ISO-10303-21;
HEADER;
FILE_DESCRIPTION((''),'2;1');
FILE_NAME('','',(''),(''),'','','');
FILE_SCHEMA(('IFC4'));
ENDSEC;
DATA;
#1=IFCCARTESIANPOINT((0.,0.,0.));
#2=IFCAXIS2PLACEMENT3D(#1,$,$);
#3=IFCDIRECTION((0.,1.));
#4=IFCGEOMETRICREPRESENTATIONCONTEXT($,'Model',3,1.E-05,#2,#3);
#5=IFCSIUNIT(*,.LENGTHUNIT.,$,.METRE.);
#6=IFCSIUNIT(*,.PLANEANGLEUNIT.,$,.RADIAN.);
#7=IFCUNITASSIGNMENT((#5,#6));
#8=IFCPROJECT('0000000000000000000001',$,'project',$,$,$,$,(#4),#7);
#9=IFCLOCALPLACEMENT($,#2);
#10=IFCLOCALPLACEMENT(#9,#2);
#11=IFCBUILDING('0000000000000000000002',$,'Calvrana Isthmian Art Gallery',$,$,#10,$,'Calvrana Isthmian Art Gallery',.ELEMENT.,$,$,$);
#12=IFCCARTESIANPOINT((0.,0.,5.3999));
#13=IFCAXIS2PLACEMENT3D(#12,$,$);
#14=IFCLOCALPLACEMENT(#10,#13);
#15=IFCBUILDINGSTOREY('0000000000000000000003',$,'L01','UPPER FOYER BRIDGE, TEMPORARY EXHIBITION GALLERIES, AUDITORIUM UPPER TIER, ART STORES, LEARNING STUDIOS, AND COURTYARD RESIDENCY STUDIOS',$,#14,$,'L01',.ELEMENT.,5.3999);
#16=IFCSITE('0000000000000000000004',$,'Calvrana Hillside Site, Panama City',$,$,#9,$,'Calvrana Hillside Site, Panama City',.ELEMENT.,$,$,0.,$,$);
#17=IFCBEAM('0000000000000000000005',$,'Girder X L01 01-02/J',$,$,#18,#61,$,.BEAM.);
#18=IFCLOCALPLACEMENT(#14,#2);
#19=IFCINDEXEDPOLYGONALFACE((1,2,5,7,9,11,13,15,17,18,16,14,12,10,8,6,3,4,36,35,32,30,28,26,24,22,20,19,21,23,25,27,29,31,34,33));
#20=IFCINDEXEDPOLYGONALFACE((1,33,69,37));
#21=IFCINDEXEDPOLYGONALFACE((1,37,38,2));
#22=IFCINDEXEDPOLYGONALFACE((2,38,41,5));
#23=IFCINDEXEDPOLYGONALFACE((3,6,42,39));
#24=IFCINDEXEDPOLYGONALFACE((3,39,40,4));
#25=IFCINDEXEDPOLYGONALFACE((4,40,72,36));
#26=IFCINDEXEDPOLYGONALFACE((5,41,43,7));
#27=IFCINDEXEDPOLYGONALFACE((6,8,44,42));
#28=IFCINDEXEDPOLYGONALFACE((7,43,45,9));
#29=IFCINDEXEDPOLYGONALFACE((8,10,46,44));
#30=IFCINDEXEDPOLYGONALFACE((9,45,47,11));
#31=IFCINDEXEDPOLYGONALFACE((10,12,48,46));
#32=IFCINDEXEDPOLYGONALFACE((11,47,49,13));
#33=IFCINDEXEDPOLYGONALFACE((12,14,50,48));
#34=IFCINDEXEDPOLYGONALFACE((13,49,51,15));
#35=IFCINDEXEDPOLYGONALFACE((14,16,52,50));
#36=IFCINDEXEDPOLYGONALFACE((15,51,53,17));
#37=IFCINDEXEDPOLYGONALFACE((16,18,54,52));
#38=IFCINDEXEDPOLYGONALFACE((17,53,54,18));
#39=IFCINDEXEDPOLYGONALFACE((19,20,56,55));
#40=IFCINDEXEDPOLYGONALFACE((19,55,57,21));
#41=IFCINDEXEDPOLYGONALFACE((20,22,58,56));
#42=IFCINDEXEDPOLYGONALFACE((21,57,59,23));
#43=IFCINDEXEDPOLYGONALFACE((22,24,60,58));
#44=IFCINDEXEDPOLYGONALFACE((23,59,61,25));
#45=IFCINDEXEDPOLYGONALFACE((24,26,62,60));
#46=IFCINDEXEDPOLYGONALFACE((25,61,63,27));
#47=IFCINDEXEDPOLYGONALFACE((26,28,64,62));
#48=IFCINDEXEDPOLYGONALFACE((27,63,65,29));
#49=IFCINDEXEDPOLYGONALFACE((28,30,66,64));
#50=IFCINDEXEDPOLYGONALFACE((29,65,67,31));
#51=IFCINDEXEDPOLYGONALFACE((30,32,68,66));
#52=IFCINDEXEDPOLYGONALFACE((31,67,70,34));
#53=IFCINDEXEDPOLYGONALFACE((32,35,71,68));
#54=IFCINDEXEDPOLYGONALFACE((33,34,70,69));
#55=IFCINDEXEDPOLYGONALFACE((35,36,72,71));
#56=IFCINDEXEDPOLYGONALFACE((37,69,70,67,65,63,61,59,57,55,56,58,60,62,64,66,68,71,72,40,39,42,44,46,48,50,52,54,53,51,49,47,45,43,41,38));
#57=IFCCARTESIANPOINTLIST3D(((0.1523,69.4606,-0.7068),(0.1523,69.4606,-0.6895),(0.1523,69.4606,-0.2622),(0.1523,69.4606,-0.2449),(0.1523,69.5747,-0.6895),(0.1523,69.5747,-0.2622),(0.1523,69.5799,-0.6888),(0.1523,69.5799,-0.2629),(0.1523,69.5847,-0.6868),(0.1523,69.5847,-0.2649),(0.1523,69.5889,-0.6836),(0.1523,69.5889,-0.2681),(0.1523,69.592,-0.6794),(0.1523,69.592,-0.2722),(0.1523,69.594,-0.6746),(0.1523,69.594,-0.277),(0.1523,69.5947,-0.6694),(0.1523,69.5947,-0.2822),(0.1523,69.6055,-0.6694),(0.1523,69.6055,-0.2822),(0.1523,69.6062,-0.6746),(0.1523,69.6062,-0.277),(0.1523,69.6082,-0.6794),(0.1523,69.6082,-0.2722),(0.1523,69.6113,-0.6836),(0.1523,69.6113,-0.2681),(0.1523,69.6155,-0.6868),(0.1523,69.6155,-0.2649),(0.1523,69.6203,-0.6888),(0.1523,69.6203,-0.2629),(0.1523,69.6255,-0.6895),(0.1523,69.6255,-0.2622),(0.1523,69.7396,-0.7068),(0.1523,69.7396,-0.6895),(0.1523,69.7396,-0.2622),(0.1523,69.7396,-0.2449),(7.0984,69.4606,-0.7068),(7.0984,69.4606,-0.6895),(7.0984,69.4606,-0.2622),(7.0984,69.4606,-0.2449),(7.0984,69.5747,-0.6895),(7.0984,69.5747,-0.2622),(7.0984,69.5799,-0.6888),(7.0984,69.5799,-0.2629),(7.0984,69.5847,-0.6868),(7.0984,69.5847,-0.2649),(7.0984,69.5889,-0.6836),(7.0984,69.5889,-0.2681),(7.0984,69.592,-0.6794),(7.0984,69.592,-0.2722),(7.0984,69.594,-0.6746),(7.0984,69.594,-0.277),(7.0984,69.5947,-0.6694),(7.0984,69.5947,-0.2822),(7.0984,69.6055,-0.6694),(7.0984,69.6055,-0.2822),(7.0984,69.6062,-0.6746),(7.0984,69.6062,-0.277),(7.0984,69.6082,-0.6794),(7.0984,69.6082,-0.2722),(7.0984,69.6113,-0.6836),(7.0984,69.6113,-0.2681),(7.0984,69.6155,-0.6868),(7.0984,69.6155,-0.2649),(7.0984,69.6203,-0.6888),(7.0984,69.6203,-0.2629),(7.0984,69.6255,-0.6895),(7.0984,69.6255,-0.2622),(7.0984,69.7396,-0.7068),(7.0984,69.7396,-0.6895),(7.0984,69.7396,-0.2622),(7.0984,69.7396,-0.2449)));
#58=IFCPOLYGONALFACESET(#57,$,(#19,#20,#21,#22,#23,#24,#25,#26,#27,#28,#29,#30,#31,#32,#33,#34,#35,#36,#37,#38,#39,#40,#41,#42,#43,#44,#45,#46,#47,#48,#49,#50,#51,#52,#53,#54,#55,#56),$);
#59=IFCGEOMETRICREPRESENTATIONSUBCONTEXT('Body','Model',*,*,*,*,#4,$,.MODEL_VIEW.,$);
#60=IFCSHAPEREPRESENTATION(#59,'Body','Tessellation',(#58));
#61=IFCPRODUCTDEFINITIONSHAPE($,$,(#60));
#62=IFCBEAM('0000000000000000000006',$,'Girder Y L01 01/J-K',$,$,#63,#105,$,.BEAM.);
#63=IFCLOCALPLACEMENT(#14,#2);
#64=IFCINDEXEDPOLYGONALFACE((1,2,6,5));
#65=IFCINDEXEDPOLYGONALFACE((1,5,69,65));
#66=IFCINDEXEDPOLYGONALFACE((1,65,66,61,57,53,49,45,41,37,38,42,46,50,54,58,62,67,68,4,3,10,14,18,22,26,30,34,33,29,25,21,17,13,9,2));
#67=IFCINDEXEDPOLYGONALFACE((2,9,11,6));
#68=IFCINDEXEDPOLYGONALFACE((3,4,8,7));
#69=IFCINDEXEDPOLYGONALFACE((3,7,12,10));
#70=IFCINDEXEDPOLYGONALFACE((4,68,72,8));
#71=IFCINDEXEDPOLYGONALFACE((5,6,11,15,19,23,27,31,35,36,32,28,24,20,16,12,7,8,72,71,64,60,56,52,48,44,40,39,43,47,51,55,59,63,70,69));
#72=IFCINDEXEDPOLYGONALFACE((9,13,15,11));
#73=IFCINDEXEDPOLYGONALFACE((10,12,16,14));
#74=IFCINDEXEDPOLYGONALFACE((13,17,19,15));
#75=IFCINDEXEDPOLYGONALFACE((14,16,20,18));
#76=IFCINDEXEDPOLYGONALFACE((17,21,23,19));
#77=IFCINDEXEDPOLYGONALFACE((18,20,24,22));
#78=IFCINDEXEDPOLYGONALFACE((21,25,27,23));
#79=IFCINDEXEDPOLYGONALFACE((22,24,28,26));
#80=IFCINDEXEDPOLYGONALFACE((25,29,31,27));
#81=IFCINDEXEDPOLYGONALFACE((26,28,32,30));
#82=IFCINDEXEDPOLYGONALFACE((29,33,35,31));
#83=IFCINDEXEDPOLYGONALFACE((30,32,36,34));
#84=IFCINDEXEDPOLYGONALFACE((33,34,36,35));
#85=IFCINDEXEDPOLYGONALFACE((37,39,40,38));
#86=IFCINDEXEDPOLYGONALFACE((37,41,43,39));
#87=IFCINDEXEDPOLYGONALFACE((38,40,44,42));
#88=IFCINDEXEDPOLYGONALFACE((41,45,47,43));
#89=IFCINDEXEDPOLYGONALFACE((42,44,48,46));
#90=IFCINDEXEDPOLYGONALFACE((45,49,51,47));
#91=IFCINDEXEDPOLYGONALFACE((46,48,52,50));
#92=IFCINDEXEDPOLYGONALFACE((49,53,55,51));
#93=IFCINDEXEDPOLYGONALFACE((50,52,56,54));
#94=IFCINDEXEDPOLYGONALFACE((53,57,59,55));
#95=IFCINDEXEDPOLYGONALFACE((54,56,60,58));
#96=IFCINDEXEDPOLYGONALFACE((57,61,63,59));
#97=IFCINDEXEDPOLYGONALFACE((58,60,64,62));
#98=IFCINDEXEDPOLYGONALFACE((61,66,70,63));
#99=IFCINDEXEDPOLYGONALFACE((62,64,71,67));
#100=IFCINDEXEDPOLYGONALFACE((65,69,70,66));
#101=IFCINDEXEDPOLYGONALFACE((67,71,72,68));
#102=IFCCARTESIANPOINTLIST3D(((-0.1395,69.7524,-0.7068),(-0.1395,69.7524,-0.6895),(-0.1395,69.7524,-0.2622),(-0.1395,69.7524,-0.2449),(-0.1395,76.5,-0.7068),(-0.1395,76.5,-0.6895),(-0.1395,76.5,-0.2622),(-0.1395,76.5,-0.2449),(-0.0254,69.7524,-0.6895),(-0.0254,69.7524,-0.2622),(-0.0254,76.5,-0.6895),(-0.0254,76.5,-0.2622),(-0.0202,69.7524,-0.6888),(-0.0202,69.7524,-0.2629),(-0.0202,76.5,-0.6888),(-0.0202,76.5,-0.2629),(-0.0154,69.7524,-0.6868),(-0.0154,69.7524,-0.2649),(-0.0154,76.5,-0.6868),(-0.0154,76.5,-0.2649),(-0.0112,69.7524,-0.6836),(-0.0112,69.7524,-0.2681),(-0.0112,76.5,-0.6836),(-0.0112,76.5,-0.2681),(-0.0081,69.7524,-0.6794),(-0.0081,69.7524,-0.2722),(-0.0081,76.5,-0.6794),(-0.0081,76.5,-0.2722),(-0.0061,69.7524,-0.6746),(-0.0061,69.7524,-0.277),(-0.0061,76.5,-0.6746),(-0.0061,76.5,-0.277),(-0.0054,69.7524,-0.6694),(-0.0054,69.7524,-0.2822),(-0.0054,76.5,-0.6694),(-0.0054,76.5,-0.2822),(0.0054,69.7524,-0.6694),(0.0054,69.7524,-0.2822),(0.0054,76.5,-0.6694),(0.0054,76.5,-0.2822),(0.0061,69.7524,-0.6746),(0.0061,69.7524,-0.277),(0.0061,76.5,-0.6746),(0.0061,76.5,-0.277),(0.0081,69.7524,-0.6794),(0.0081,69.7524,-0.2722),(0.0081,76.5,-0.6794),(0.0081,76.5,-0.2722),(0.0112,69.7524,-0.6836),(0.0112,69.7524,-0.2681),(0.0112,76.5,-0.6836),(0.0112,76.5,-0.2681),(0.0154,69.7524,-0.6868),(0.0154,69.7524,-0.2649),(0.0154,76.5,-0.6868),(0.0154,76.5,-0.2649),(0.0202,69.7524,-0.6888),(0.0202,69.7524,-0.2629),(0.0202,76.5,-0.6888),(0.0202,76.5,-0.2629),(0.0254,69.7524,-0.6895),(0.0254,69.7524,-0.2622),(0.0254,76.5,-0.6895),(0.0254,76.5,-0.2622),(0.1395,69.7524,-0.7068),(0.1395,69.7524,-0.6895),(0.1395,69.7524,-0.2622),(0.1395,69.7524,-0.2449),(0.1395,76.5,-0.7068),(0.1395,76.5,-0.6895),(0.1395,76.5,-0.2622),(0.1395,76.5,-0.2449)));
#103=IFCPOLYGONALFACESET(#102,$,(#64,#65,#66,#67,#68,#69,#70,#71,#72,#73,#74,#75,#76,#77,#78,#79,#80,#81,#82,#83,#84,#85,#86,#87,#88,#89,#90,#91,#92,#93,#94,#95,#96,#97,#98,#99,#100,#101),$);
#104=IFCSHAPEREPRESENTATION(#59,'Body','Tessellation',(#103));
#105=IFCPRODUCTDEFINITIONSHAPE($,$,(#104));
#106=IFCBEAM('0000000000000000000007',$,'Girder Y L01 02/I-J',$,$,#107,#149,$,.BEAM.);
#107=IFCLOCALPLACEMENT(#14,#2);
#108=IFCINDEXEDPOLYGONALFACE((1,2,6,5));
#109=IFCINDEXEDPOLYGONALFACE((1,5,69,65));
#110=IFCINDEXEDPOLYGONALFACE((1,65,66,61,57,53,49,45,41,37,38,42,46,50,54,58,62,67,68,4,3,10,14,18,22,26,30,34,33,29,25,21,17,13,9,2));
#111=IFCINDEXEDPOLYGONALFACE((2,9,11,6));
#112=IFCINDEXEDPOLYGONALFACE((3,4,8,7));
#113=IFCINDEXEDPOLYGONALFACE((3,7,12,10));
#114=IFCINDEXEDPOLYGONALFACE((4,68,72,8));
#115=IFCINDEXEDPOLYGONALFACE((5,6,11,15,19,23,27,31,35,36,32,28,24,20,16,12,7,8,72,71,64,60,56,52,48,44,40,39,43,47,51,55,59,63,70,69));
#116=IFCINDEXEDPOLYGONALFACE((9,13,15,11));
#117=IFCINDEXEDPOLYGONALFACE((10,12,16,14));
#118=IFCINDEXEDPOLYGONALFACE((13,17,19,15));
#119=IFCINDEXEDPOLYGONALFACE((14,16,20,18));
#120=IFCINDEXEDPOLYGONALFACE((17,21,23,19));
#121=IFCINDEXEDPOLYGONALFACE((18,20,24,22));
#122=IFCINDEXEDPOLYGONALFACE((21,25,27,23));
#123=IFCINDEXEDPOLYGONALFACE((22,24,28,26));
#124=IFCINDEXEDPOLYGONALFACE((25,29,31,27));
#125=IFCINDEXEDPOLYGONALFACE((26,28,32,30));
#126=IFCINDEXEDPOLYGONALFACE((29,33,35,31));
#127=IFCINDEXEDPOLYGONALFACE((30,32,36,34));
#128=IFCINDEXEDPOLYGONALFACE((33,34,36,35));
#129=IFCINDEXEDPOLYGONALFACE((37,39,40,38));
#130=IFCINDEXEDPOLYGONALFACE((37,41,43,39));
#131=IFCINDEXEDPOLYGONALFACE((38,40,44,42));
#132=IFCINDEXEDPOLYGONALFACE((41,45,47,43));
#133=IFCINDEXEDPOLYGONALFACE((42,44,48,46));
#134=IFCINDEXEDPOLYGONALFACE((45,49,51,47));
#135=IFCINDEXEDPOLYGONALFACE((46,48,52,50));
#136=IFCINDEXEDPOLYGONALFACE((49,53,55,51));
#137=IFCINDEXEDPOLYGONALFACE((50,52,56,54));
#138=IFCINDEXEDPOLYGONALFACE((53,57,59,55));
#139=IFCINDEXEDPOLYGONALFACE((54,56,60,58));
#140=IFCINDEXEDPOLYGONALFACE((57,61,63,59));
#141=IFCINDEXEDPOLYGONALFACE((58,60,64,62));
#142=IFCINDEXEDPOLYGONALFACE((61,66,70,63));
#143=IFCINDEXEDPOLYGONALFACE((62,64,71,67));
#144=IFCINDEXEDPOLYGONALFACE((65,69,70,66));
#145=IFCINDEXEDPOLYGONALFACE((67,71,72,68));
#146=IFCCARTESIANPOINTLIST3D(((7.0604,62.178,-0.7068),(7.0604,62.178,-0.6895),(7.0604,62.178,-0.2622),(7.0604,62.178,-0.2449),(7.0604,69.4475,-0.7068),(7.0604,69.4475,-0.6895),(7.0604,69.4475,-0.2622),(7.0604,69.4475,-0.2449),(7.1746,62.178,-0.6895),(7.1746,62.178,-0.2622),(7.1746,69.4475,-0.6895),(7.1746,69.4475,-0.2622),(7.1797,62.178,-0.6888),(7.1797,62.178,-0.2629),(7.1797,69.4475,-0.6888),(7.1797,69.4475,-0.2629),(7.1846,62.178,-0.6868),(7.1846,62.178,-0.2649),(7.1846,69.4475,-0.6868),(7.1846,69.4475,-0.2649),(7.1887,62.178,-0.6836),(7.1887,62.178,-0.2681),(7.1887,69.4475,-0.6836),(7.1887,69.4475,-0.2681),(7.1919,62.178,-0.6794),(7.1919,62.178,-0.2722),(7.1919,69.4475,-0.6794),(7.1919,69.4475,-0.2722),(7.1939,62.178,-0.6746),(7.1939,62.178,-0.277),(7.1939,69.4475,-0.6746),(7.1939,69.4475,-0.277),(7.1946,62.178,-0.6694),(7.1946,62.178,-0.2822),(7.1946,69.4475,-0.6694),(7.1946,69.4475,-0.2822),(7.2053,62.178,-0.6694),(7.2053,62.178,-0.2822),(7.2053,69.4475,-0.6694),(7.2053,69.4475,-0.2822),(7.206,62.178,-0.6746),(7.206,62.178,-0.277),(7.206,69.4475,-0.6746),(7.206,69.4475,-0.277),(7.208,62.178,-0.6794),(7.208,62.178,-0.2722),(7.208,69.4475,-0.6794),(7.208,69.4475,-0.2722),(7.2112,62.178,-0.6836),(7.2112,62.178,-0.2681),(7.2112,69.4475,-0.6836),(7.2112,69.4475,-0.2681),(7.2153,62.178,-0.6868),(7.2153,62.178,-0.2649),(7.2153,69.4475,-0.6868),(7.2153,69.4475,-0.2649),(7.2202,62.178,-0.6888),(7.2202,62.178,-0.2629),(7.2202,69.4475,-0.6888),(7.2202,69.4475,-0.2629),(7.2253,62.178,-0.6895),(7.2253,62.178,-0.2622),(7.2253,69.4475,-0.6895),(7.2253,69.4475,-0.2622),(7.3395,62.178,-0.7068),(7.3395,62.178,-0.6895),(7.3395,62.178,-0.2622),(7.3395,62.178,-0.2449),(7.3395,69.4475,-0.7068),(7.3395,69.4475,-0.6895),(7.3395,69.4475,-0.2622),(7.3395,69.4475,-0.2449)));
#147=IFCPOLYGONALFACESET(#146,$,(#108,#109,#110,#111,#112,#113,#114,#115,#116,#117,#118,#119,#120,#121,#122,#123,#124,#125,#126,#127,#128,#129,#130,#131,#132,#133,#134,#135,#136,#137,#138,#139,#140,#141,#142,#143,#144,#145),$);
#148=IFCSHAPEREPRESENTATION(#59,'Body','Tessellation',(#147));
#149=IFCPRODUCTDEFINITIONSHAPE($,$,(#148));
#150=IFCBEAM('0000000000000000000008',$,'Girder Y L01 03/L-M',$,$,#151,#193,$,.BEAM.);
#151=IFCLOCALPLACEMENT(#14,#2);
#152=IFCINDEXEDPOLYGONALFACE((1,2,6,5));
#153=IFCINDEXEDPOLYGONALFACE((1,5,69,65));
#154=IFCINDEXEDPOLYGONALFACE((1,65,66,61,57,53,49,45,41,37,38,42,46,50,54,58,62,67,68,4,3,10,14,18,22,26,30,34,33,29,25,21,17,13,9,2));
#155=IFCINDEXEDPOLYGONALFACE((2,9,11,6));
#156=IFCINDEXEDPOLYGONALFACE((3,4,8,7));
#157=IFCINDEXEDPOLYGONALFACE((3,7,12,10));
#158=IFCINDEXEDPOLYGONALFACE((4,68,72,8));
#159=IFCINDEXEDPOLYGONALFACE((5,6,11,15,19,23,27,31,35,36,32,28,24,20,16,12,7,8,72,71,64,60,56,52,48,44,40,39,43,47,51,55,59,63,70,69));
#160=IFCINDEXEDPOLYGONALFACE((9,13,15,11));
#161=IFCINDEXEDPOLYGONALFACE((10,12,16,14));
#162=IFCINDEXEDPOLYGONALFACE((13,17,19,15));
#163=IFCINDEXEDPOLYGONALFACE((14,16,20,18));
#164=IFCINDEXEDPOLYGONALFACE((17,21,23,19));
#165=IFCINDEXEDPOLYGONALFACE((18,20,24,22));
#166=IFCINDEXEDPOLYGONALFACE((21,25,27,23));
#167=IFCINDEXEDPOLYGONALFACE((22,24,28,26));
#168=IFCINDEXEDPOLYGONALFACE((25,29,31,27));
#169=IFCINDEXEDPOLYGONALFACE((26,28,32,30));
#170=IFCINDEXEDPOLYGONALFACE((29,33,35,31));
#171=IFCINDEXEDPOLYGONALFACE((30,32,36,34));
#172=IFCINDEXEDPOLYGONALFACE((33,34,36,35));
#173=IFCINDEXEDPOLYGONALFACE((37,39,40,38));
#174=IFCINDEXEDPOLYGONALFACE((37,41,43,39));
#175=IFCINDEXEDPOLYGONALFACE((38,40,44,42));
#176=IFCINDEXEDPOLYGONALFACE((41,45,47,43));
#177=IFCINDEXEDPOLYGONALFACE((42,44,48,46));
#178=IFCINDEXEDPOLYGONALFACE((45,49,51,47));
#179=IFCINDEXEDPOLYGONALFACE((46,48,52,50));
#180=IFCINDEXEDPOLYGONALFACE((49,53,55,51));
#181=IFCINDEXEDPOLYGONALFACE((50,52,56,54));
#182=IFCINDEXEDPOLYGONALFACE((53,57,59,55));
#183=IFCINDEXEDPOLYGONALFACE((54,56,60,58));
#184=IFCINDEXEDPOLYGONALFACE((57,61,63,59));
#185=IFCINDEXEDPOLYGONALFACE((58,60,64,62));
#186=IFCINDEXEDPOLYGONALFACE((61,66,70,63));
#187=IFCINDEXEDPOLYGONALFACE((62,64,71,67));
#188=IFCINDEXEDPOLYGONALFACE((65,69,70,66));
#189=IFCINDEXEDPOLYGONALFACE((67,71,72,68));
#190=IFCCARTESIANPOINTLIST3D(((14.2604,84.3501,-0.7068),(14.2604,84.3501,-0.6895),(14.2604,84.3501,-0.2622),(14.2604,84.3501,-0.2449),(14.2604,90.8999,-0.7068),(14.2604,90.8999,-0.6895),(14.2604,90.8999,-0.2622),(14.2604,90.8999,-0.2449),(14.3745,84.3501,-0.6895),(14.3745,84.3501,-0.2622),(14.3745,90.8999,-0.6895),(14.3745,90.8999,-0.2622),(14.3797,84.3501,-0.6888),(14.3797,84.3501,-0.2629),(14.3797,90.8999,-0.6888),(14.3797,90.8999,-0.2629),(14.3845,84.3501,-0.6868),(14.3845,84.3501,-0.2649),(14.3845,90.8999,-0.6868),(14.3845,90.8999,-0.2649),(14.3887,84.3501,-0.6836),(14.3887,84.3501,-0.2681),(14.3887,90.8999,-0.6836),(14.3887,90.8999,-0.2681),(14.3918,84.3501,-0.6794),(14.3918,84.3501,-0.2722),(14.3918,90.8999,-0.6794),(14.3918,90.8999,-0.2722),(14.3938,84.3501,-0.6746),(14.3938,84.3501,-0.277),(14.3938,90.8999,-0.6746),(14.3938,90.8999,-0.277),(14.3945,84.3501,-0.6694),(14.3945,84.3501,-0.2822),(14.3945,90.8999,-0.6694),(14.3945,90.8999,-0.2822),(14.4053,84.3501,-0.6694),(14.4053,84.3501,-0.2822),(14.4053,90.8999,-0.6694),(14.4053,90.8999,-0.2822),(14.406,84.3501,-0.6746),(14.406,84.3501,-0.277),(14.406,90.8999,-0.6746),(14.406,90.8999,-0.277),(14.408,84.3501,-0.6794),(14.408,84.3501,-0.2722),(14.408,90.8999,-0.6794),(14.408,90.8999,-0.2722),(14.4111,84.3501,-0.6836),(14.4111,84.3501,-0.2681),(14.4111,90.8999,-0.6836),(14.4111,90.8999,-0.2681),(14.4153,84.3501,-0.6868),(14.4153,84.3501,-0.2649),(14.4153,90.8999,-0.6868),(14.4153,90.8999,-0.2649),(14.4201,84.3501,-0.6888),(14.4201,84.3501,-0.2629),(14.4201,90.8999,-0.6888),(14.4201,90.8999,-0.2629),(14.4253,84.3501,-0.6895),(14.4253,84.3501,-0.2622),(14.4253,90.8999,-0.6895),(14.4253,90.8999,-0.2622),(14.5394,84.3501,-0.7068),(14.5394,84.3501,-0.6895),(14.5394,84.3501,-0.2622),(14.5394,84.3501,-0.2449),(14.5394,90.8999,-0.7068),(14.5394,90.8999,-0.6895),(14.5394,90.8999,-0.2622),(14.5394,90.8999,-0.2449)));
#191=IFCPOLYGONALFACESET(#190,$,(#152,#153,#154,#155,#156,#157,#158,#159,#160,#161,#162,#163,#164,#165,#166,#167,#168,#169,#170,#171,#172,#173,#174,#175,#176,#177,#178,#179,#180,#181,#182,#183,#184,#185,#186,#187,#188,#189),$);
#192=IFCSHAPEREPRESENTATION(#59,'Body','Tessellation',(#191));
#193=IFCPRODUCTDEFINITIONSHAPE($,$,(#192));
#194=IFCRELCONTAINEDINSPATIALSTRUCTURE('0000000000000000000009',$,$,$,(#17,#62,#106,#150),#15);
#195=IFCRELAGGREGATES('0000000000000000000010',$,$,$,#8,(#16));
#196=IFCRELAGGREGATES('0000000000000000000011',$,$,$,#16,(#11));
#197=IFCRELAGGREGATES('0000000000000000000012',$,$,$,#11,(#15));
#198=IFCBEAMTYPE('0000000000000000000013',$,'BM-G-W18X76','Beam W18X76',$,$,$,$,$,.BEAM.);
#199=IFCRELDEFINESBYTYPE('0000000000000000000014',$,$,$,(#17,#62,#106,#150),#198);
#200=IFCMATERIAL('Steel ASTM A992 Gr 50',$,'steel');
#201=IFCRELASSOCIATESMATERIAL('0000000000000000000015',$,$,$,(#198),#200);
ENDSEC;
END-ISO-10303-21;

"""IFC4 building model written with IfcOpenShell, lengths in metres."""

from ifc_helpers import new_model, si_unit, direction, frame, origin, origin_2d, place, context, subcontext, project, spatial, i_section, extrude, material, material_profile, profile_set, type_object, element, save


model = new_model("IFC4")

# Units and contexts
model_context = context("Model", 3, precision=1e-05, world=origin(), true_north=direction((0.0, 1.0)))
body_context = subcontext(model_context, "Body", "Model", "MODEL_VIEW")
ifc_project = project(units=[si_unit("LENGTHUNIT", "METRE"), si_unit("PLANEANGLEUNIT", "RADIAN")], contexts=[model_context])

# Site, building, storey
site_placement = place(None, origin())
site = spatial("IfcSite", under=ifc_project, at=site_placement, Name="Calvrana Hillside Site, Panama City", LongName="Calvrana Hillside Site, Panama City", CompositionType="ELEMENT", RefElevation=0.0)
building_placement = place(site_placement, origin())
building = spatial("IfcBuilding", under=site, at=building_placement, Name="Calvrana Isthmian Art Gallery", LongName="Calvrana Isthmian Art Gallery", CompositionType="ELEMENT")
storey_placement = place(building_placement, frame((0.0, 0.0, 5.3999)))
storey = spatial("IfcBuildingStorey", under=building, at=storey_placement, Name="L01", Description="UPPER FOYER BRIDGE, TEMPORARY EXHIBITION GALLERIES, AUDITORIUM UPPER TIER, ART STORES, LEARNING STUDIOS, AND COURTYARD RESIDENCY STUDIOS", LongName="L01", CompositionType="ELEMENT", Elevation=5.3999)

# Beams
ifc_material_1 = material(Name="Steel ASTM A992 Gr 50", Category="steel")
ifc_material_profile_1 = material_profile(ifc_material_1, i_section(OverallWidth=0.2791, OverallDepth=0.4619, WebThickness=0.0107, FlangeThickness=0.0173, FilletRadius=0.02, at=origin_2d()), Name="W18X76")
ifc_profile_set_1 = profile_set([ifc_material_profile_1], Name="Steel ASTM A992 Gr 50")
beam_type_1 = type_object("IfcBeamType", Name="BM-G-W18X76", Description="Beam W18X76", PredefinedType="BEAM", material=ifc_profile_set_1)
beam_1_placement = place(storey_placement, frame((0.1523, 69.6001, -0.4758), z_axis=(1.0, 0.0, 0.0), x_axis=(0.0, 1.0, 0.0)))
element("IfcBeam", 1, at=beam_1_placement, inside=storey, type_object=beam_type_1, Name="Girder X L01 01-02/J", PredefinedType="BEAM", context=body_context, shape_type="SweptSolid", body=[
    extrude(i_section(OverallWidth=0.2791, OverallDepth=0.4619, WebThickness=0.0107, FlangeThickness=0.0173, FilletRadius=0.02, at=origin_2d()), origin(), (0.0, 0.0, 1.0), 6.946),
])
beam_2_placement = place(storey_placement, frame((0.0, 69.7524, -0.4758), z_axis=(0.0, 1.0, 0.0), x_axis=(-1.0, 0.0, 0.0)))
element("IfcBeam", 2, at=beam_2_placement, inside=storey, type_object=beam_type_1, Name="Girder Y L01 01/J-K", PredefinedType="BEAM", context=body_context, shape_type="SweptSolid", body=[
    extrude(i_section(OverallWidth=0.2791, OverallDepth=0.4619, WebThickness=0.0107, FlangeThickness=0.0173, FilletRadius=0.02, at=origin_2d()), origin(), (0.0, 0.0, 1.0), 6.7476),
])
beam_3_placement = place(storey_placement, frame((7.2, 62.178, -0.4758), z_axis=(0.0, 1.0, 0.0), x_axis=(-1.0, 0.0, 0.0)))
element("IfcBeam", 3, at=beam_3_placement, inside=storey, type_object=beam_type_1, Name="Girder Y L01 02/I-J", PredefinedType="BEAM", context=body_context, shape_type="SweptSolid", body=[
    extrude(i_section(OverallWidth=0.2791, OverallDepth=0.4619, WebThickness=0.0107, FlangeThickness=0.0173, FilletRadius=0.02, at=origin_2d()), origin(), (0.0, 0.0, 1.0), 7.2695),
])
beam_4_placement = place(storey_placement, frame((14.3999, 84.3501, -0.4758), z_axis=(0.0, 1.0, 0.0), x_axis=(-1.0, 0.0, 0.0)))
element("IfcBeam", 4, at=beam_4_placement, inside=storey, type_object=beam_type_1, Name="Girder Y L01 03/L-M", PredefinedType="BEAM", context=body_context, shape_type="SweptSolid", body=[
    extrude(i_section(OverallWidth=0.2791, OverallDepth=0.4619, WebThickness=0.0107, FlangeThickness=0.0173, FilletRadius=0.02, at=origin_2d()), origin(), (0.0, 0.0, 1.0), 6.5498),
])

save(model, "model.ifc")
